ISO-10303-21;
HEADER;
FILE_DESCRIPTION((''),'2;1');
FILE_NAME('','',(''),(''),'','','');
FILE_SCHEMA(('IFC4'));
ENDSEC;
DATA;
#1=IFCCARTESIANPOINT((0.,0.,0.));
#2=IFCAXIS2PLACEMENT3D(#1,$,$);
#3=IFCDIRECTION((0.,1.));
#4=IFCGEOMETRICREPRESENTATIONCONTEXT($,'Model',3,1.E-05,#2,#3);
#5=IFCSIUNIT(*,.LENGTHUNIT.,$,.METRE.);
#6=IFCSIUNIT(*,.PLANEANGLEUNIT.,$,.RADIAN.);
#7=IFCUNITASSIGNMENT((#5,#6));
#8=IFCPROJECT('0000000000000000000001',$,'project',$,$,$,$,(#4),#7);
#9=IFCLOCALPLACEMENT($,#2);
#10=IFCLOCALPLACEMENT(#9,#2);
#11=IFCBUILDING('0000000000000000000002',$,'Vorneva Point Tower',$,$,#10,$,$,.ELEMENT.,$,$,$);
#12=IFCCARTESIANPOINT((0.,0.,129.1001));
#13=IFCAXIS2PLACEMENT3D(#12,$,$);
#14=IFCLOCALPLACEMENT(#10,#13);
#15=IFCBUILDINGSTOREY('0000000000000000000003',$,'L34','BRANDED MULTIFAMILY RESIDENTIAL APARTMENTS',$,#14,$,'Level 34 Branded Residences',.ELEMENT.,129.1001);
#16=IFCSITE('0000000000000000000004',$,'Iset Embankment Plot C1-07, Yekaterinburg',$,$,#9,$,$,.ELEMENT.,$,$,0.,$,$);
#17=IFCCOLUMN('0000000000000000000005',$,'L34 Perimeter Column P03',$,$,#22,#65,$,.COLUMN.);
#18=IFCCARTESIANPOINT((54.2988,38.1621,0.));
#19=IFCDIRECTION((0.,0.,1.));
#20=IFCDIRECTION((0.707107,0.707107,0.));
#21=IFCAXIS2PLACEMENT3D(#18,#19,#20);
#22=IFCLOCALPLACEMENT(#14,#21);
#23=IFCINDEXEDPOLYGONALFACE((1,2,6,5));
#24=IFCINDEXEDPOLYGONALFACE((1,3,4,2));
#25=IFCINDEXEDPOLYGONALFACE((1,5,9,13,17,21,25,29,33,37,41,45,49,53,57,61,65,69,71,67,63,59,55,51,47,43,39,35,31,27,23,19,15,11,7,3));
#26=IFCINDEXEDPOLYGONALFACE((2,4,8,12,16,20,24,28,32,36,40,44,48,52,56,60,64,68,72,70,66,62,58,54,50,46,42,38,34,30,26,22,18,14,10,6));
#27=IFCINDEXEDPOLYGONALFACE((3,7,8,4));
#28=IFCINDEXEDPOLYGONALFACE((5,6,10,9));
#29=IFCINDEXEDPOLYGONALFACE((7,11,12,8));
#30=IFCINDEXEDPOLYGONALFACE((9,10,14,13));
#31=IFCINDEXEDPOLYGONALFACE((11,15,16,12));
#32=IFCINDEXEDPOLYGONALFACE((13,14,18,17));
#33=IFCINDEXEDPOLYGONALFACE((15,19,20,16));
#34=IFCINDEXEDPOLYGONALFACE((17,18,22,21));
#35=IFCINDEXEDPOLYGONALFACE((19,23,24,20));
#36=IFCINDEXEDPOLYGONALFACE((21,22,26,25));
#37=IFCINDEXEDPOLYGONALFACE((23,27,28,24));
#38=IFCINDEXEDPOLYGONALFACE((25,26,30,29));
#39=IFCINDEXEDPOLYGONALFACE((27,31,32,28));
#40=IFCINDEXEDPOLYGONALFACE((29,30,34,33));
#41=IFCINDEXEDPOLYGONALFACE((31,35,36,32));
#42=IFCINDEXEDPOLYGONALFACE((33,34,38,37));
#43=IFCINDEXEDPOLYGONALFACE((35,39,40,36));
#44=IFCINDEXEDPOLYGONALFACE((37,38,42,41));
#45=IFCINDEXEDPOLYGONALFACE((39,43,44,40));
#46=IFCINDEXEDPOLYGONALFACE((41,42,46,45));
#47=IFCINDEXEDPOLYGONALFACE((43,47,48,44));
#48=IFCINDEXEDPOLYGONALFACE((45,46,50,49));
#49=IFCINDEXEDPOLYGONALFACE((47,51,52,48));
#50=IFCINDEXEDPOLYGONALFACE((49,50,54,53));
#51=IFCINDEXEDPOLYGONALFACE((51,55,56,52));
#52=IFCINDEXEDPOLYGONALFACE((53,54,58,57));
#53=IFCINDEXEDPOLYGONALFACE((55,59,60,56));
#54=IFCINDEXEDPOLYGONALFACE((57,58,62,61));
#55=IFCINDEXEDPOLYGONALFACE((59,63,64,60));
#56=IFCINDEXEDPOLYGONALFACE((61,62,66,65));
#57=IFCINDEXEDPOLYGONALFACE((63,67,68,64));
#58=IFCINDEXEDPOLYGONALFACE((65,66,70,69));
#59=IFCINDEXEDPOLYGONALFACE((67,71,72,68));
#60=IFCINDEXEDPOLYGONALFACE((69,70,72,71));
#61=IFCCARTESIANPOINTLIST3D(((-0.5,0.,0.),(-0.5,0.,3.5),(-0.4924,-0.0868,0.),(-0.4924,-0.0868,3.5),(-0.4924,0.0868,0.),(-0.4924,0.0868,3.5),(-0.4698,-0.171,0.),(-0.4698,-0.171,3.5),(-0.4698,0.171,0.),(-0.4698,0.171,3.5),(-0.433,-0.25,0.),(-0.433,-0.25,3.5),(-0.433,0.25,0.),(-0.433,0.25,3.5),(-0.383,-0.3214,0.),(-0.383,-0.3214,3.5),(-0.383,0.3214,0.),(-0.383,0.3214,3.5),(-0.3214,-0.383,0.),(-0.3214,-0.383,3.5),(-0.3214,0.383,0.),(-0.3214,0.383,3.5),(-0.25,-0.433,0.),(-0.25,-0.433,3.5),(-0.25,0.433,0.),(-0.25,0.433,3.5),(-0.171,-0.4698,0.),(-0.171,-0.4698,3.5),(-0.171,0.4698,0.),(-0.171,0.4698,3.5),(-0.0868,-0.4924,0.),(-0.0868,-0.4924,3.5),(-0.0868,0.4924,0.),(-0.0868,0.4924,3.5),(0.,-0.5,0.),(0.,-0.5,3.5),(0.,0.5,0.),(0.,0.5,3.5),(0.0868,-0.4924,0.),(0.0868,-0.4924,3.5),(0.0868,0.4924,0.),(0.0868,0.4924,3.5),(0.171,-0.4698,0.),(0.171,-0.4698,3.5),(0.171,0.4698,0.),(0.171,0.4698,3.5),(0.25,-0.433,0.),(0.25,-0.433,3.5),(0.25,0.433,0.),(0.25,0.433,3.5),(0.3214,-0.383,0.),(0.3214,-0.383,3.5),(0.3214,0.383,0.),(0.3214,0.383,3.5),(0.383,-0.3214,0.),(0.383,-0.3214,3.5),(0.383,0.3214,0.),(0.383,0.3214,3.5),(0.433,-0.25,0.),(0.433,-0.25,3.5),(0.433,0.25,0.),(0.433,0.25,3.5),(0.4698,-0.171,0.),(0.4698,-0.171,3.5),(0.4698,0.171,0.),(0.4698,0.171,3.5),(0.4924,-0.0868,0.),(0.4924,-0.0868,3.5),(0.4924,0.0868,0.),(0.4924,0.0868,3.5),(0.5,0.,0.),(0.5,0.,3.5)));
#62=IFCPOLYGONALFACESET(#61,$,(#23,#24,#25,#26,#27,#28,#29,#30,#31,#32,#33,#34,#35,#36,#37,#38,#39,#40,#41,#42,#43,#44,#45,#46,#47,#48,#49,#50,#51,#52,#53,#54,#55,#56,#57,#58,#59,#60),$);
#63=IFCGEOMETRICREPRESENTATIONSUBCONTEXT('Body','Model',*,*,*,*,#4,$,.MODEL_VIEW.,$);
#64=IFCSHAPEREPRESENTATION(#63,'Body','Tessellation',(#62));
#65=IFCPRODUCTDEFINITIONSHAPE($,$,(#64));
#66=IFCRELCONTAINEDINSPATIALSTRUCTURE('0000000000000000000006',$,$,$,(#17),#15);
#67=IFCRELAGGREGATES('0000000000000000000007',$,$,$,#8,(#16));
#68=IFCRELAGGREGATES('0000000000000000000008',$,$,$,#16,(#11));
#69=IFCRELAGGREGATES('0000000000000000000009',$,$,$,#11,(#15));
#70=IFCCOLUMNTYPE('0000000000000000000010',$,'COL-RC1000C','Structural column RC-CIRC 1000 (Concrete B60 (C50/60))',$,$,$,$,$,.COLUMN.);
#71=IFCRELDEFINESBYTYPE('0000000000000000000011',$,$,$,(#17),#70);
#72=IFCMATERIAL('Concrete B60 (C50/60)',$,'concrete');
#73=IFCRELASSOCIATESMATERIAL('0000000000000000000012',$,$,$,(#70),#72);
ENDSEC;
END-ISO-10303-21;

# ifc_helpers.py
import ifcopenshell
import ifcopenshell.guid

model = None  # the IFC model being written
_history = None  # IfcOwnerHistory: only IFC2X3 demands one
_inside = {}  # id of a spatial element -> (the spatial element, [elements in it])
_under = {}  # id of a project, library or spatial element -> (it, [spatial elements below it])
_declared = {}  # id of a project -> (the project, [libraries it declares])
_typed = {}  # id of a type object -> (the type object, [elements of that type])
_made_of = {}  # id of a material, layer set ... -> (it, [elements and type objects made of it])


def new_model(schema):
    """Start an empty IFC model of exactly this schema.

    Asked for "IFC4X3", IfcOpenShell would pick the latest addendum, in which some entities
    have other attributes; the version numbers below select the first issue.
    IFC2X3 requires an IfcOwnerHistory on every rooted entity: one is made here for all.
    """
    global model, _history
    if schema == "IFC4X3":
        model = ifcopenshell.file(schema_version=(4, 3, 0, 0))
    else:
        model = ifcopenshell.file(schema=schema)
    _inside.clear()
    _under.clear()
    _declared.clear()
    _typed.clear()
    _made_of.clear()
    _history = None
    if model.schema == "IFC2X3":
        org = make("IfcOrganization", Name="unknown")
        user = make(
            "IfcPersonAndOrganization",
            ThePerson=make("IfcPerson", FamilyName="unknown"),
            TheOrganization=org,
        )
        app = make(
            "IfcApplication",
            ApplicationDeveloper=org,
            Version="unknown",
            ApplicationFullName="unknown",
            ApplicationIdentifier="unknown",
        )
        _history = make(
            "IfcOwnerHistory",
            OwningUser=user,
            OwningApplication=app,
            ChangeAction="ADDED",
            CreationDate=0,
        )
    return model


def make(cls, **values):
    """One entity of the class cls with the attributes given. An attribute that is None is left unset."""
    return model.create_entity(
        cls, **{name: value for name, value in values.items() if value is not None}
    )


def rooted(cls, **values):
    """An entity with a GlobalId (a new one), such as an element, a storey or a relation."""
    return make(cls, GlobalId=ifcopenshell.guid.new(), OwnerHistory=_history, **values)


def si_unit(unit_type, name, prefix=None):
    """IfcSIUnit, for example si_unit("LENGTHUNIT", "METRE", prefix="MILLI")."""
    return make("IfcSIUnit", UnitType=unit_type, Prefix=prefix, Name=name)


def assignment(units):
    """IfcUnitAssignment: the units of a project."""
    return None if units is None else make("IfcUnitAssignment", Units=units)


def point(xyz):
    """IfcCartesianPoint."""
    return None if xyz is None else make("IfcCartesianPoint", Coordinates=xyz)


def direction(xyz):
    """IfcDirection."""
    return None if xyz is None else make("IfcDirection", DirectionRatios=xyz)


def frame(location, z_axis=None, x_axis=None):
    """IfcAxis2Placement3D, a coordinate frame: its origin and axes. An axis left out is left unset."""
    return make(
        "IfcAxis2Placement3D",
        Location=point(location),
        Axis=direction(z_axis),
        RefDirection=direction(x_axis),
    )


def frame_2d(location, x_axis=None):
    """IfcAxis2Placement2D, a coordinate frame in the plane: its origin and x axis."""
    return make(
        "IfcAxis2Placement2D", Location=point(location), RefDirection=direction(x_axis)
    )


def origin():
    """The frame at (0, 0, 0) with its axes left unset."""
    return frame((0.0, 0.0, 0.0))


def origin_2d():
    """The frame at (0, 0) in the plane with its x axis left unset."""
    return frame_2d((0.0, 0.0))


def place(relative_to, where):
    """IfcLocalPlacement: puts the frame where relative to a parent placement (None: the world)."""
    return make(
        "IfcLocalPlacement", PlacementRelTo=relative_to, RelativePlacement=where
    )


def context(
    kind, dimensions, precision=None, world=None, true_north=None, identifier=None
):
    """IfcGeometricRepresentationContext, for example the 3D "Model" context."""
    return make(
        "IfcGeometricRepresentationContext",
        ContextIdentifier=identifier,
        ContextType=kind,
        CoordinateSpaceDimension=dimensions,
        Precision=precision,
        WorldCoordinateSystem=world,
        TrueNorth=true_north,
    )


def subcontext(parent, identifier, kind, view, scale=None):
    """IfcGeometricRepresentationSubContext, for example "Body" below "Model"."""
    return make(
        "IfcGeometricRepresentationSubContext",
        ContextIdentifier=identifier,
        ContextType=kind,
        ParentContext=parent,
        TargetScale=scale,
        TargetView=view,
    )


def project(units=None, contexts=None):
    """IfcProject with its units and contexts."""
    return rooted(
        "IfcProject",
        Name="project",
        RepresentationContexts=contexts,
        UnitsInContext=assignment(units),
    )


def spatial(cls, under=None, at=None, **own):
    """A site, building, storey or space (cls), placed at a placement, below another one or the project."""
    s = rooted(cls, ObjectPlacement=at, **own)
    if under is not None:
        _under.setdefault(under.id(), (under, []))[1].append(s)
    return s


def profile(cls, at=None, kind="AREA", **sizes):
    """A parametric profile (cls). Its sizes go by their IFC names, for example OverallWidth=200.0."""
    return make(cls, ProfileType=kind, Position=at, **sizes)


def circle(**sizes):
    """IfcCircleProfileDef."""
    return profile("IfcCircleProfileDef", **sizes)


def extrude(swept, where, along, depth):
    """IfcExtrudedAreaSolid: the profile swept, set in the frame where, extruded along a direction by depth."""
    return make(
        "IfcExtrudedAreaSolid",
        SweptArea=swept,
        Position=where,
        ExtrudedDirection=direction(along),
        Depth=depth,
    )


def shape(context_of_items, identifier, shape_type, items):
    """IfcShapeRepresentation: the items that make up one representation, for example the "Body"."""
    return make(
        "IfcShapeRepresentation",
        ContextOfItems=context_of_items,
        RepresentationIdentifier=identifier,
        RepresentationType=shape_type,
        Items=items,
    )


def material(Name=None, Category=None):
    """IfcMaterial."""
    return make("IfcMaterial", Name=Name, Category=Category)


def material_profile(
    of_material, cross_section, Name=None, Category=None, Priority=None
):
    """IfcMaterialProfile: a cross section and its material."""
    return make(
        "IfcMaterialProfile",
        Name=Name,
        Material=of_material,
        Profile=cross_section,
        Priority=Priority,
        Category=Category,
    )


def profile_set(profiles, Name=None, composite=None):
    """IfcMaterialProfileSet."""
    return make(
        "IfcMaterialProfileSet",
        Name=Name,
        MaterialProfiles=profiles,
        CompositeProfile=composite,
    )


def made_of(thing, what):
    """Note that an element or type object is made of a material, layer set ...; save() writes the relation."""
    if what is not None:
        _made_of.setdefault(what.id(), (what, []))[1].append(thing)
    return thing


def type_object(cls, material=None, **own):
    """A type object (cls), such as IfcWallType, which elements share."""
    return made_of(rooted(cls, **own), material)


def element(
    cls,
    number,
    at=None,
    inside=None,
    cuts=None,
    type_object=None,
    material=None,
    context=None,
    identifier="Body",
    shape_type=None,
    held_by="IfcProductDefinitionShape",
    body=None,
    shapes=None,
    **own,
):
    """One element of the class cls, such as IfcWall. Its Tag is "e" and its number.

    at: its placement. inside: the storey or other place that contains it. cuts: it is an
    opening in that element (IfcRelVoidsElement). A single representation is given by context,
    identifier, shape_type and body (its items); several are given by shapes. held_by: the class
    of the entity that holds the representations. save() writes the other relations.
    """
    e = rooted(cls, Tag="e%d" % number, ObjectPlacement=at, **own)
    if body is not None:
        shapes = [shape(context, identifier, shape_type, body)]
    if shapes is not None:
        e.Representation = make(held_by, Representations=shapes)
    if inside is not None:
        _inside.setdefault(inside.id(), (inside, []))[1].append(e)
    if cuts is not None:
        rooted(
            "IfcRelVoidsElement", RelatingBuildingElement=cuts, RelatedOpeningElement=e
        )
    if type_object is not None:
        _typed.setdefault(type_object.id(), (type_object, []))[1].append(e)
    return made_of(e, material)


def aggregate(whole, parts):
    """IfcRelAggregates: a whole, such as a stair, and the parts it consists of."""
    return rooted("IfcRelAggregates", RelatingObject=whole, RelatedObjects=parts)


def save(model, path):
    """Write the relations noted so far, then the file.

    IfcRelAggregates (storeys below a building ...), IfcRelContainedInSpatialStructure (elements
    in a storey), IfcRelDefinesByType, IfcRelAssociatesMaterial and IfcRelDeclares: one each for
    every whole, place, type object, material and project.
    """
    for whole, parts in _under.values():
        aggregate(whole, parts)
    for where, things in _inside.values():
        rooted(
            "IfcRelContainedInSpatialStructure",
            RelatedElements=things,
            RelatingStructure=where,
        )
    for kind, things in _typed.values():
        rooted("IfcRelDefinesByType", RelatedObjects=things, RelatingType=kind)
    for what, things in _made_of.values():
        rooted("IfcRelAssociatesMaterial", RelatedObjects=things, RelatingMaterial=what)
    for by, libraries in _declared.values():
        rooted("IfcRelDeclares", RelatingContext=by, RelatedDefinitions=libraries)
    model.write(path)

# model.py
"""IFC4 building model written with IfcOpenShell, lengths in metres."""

from ifc_helpers import new_model, si_unit, direction, frame, origin, origin_2d, place, context, subcontext, project, spatial, circle, extrude, material, material_profile, profile_set, type_object, element, save


model = new_model("IFC4")

# Units and contexts
model_context = context("Model", 3, precision=1e-05, world=origin(), true_north=direction((0.0, 1.0)))
body_context = subcontext(model_context, "Body", "Model", "MODEL_VIEW")
ifc_project = project(units=[si_unit("LENGTHUNIT", "METRE"), si_unit("PLANEANGLEUNIT", "RADIAN")], contexts=[model_context])

# Site, building, storey
site_placement = place(None, origin())
site = spatial("IfcSite", under=ifc_project, at=site_placement, Name="Iset Embankment Plot C1-07, Yekaterinburg", CompositionType="ELEMENT", RefElevation=0.0)
building_placement = place(site_placement, origin())
building = spatial("IfcBuilding", under=site, at=building_placement, Name="Vorneva Point Tower", CompositionType="ELEMENT")
storey_placement = place(building_placement, frame((0.0, 0.0, 129.1001)))
storey = spatial("IfcBuildingStorey", under=building, at=storey_placement, Name="L34", Description="BRANDED MULTIFAMILY RESIDENTIAL APARTMENTS", LongName="Level 34 Branded Residences", CompositionType="ELEMENT", Elevation=129.1001)

# Column
ifc_material_1 = material(Name="Concrete B60 (C50/60)", Category="concrete")
ifc_material_profile_1 = material_profile(ifc_material_1, circle(Radius=0.5, at=origin_2d()), Name="RC-CIRC 1000")
ifc_profile_set_1 = profile_set([ifc_material_profile_1], Name="Concrete B60 (C50/60)")
column_type = type_object("IfcColumnType", Name="COL-RC1000C", Description="Structural column RC-CIRC 1000 (Concrete B60 (C50/60))", PredefinedType="COLUMN", material=ifc_profile_set_1)
column_placement = place(storey_placement, frame((54.2988, 38.1621, 0.0), z_axis=(0.0, 0.0, 1.0), x_axis=(0.707107, 0.707107, 0.0)))
element("IfcColumn", 1, at=column_placement, inside=storey, type_object=column_type, Name="L34 Perimeter Column P03", PredefinedType="COLUMN", context=body_context, shape_type="SweptSolid", body=[
    extrude(circle(Radius=0.5, at=origin_2d()), origin(), (0.0, 0.0, 1.0), 3.5),
])

save(model, "model.ifc")
